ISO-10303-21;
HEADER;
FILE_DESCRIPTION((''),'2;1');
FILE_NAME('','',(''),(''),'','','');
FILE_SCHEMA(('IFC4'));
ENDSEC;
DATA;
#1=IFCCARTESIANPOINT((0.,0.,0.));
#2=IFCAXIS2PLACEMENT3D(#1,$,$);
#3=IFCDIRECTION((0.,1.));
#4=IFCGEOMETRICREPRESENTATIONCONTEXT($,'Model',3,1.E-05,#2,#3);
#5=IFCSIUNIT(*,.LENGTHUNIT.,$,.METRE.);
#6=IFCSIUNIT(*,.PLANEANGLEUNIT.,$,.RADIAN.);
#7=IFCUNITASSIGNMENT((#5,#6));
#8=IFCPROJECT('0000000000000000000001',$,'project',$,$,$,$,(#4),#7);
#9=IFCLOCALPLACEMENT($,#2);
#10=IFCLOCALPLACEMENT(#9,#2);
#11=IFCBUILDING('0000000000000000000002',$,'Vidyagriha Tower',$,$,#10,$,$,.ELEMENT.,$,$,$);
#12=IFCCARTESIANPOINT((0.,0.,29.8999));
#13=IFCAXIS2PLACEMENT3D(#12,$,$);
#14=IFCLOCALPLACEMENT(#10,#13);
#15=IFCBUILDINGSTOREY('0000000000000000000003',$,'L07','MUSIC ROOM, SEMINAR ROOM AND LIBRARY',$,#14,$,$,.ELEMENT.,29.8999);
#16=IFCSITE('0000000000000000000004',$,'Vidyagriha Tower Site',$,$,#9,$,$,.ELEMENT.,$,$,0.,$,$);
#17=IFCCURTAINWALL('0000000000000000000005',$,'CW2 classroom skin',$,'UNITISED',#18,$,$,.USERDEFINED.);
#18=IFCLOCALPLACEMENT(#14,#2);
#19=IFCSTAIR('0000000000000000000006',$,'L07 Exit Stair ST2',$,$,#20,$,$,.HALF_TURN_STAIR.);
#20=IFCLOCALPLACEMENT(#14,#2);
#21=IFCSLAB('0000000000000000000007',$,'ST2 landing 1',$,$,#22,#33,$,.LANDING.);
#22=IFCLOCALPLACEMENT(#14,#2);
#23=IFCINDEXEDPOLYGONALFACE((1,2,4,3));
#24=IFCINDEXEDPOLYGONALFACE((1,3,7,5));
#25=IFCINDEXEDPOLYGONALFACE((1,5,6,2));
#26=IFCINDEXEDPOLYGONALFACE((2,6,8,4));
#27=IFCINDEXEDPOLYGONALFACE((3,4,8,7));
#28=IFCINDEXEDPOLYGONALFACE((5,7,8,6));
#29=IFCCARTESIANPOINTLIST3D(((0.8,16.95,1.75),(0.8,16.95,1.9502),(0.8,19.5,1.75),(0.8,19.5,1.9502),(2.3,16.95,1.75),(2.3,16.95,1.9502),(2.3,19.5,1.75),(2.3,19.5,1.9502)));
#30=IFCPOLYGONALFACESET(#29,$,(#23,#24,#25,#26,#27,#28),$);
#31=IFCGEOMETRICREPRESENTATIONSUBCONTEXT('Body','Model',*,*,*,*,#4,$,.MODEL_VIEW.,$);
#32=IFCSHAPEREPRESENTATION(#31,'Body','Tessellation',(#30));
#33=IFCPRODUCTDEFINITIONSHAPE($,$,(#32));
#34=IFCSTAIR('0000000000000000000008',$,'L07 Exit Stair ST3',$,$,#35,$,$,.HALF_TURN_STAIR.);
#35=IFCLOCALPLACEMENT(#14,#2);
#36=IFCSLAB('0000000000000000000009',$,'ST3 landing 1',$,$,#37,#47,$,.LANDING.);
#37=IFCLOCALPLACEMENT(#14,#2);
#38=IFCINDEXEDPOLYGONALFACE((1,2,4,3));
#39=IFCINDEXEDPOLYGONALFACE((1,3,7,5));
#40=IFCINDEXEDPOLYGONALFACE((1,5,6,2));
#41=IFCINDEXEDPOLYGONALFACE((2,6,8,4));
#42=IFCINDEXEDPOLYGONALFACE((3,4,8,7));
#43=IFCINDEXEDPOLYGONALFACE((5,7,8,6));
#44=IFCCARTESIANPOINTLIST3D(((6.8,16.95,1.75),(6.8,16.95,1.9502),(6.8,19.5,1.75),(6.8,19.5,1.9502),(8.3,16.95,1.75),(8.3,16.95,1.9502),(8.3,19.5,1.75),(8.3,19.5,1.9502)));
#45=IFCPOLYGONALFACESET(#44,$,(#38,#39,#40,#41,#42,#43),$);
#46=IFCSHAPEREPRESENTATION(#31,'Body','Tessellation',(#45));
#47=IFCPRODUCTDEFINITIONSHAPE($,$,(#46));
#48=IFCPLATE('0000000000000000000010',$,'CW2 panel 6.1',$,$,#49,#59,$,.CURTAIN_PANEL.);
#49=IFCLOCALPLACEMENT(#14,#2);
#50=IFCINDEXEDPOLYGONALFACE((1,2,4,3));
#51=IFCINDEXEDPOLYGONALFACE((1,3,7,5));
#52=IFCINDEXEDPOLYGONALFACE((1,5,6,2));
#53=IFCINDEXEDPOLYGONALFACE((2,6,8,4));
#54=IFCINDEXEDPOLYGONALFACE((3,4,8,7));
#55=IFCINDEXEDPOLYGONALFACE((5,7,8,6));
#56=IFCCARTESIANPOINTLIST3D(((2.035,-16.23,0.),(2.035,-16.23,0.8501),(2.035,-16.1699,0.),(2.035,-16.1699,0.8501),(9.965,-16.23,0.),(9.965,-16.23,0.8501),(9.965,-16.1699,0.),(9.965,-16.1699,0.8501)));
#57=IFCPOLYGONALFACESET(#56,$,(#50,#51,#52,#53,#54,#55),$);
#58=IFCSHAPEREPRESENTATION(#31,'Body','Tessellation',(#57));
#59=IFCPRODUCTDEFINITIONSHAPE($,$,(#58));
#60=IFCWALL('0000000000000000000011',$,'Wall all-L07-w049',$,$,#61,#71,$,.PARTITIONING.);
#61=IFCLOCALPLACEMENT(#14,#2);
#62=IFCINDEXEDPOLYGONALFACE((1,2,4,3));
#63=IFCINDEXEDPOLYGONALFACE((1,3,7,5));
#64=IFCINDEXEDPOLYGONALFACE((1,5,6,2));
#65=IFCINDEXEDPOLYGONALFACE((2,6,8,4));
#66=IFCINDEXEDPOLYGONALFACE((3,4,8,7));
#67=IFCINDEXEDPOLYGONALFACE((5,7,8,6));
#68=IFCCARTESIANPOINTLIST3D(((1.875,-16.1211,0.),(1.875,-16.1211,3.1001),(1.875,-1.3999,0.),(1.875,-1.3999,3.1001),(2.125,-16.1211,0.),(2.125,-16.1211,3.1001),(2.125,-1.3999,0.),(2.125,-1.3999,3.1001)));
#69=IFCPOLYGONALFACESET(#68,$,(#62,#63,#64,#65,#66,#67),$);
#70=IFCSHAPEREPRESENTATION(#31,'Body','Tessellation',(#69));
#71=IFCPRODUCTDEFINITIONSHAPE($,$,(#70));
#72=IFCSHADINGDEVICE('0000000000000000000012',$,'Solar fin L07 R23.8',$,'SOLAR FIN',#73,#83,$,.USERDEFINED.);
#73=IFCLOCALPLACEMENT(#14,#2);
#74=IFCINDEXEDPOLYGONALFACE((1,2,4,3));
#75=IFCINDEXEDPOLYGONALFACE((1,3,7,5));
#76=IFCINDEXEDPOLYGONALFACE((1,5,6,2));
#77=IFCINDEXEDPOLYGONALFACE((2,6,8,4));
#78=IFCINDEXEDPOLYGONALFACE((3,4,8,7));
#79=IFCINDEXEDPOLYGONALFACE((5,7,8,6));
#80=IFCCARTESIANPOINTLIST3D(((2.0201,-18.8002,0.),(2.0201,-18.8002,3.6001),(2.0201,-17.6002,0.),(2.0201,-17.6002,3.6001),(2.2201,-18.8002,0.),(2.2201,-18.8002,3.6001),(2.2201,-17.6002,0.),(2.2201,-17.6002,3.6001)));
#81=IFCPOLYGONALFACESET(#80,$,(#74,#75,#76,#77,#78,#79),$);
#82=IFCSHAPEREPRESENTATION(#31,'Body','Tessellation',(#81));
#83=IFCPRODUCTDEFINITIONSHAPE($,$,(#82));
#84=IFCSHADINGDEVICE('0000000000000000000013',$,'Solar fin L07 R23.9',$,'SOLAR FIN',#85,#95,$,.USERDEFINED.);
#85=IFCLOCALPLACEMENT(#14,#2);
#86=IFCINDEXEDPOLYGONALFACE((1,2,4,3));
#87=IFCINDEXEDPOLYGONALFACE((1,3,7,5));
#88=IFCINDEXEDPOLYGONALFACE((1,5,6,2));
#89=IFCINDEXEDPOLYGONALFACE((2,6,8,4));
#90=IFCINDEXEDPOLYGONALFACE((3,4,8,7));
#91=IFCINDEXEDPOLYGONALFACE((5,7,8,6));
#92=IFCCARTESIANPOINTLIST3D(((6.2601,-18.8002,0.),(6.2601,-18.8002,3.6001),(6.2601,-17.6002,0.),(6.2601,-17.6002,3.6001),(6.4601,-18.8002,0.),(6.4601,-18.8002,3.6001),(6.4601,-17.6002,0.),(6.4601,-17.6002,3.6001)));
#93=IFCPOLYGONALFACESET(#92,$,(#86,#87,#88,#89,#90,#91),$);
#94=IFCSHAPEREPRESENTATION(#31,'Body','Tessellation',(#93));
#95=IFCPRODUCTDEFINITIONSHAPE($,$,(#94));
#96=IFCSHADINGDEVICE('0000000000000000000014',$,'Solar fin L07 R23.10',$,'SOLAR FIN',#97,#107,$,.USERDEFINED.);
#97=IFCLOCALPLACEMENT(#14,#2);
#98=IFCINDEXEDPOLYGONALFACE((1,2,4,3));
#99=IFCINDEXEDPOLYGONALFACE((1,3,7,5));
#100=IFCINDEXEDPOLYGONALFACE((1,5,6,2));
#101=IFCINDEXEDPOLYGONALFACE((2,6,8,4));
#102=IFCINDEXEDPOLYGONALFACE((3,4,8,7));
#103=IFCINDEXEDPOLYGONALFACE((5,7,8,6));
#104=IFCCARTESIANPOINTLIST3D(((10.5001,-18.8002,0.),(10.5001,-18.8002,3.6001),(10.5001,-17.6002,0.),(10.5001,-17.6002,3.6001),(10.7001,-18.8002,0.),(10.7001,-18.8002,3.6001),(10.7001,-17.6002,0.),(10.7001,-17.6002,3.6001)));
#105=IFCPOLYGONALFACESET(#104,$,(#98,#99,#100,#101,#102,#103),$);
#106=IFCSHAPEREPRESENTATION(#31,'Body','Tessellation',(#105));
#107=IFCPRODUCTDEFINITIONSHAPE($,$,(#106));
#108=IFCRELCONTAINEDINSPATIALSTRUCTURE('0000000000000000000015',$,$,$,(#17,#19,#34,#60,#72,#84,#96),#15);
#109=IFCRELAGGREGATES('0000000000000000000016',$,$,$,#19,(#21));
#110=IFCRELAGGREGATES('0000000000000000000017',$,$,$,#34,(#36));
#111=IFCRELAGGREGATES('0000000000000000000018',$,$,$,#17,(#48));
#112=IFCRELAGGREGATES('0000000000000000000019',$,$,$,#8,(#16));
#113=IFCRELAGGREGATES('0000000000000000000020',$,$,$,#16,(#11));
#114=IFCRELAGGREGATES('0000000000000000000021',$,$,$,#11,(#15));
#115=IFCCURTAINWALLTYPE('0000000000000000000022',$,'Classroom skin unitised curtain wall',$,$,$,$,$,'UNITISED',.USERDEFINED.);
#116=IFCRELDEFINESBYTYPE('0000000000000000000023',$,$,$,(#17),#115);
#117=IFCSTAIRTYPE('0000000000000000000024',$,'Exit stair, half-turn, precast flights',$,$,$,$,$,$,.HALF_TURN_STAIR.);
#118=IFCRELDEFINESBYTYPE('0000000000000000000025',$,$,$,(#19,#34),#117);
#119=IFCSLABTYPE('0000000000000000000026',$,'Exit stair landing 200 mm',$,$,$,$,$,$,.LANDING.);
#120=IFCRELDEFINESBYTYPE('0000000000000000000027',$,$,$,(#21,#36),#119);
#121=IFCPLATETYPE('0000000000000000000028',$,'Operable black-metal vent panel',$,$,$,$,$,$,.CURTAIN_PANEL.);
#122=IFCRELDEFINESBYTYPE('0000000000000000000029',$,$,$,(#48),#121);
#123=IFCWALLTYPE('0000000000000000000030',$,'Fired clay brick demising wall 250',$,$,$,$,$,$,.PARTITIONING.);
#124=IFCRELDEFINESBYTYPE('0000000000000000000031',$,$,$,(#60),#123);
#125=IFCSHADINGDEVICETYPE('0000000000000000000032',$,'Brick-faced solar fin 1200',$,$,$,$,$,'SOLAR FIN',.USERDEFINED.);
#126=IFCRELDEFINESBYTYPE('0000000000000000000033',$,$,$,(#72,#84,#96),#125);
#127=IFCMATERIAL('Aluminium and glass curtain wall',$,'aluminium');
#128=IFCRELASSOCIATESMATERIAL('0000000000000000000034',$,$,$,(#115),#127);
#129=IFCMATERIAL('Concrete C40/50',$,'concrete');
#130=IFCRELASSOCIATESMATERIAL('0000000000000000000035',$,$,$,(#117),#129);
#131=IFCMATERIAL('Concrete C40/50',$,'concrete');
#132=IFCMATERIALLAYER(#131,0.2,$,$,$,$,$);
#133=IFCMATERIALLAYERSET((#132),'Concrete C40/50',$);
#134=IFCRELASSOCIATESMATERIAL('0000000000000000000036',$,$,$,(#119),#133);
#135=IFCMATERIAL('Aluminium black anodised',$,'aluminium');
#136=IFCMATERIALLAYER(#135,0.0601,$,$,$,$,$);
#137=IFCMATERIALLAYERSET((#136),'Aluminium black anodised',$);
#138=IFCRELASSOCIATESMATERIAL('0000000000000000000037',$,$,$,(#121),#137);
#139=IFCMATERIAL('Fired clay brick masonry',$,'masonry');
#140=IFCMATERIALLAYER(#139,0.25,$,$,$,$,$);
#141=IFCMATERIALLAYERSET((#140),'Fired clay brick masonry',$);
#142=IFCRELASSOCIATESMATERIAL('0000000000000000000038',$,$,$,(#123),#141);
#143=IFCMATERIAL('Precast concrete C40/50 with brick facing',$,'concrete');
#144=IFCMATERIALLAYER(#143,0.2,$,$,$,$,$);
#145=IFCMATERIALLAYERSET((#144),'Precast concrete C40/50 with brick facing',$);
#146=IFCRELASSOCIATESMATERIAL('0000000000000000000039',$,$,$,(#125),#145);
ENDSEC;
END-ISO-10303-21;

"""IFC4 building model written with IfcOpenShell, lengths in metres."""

from ifc_helpers import new_model, si_unit, direction, frame, frame_2d, origin, origin_2d, place, context, subcontext, project, spatial, polyline, rectangle, outline, extrude, material, layer, layer_set, type_object, element, aggregate, save


model = new_model("IFC4")

# Units and contexts
model_context = context("Model", 3, precision=1e-05, world=origin(), true_north=direction((0.0, 1.0)))
body_context = subcontext(model_context, "Body", "Model", "MODEL_VIEW")
ifc_project = project(units=[si_unit("LENGTHUNIT", "METRE"), si_unit("PLANEANGLEUNIT", "RADIAN")], contexts=[model_context])

# Site, building, storey
site_placement = place(None, origin())
site = spatial("IfcSite", under=ifc_project, at=site_placement, Name="Vidyagriha Tower Site", CompositionType="ELEMENT", RefElevation=0.0)
building_placement = place(site_placement, origin())
building = spatial("IfcBuilding", under=site, at=building_placement, Name="Vidyagriha Tower", CompositionType="ELEMENT")
storey_placement = place(building_placement, frame((0.0, 0.0, 29.8999)))
storey = spatial("IfcBuildingStorey", under=building, at=storey_placement, Name="L07", Description="MUSIC ROOM, SEMINAR ROOM AND LIBRARY", CompositionType="ELEMENT", Elevation=29.8999)

# Curtain wall
ifc_material_1 = material(Name="Aluminium and glass curtain wall", Category="aluminium")
curtain_wall_type = type_object("IfcCurtainWallType", Name="Classroom skin unitised curtain wall", ElementType="UNITISED", PredefinedType="USERDEFINED", material=ifc_material_1)
curtain_wall_placement = place(storey_placement, origin())
curtain_wall = element("IfcCurtainWall", 1, at=curtain_wall_placement, inside=storey, type_object=curtain_wall_type, Name="CW2 classroom skin", ObjectType="UNITISED", PredefinedType="USERDEFINED")

# Stairs, slabs
ifc_material_2 = material(Name="Concrete C40/50", Category="concrete")
stair_type = type_object("IfcStairType", Name="Exit stair, half-turn, precast flights", PredefinedType="HALF_TURN_STAIR", material=ifc_material_2)
stair_1_placement = place(storey_placement, origin())
stair_1 = element("IfcStair", 2, at=stair_1_placement, inside=storey, type_object=stair_type, Name="L07 Exit Stair ST2", PredefinedType="HALF_TURN_STAIR")
ifc_material_3 = material(Name="Concrete C40/50", Category="concrete")
ifc_layer_1 = layer(ifc_material_3, 0.2)
ifc_layer_set_1 = layer_set([ifc_layer_1], Name="Concrete C40/50")
slab_type = type_object("IfcSlabType", Name="Exit stair landing 200 mm", PredefinedType="LANDING", material=ifc_layer_set_1)
slab_1_placement = place(storey_placement, frame((0.0, 0.0, 1.75)))
slab_1 = element("IfcSlab", 3, at=slab_1_placement, type_object=slab_type, Name="ST2 landing 1", PredefinedType="LANDING", context=body_context, shape_type="SweptSolid", body=[
    extrude(outline(polyline([(0.8, 16.95), (2.3, 16.95), (2.3, 19.5), (0.8, 19.5), (0.8, 16.95)])), origin(), (0.0, 0.0, 1.0), 0.2002),
])
aggregate(stair_1, [slab_1])
stair_2_placement = place(storey_placement, origin())
stair_2 = element("IfcStair", 4, at=stair_2_placement, inside=storey, type_object=stair_type, Name="L07 Exit Stair ST3", PredefinedType="HALF_TURN_STAIR")
slab_2_placement = place(storey_placement, frame((0.0, 0.0, 1.75)))
slab_2 = element("IfcSlab", 5, at=slab_2_placement, type_object=slab_type, Name="ST3 landing 1", PredefinedType="LANDING", context=body_context, shape_type="SweptSolid", body=[
    extrude(outline(polyline([(6.8, 16.95), (8.3, 16.95), (8.3, 19.5), (6.8, 19.5), (6.8, 16.95)])), origin(), (0.0, 0.0, 1.0), 0.2002),
])
aggregate(stair_2, [slab_2])

# Plate
ifc_material_4 = material(Name="Aluminium black anodised", Category="aluminium")
ifc_layer_2 = layer(ifc_material_4, 0.0601)
ifc_layer_set_2 = layer_set([ifc_layer_2], Name="Aluminium black anodised")
plate_type_1 = type_object("IfcPlateType", Name="Operable black-metal vent panel", PredefinedType="CURTAIN_PANEL", material=ifc_layer_set_2)
plate_1_placement = place(storey_placement, frame((6.0, -16.2, 0.0)))
plate_1 = element("IfcPlate", 6, at=plate_1_placement, type_object=plate_type_1, Name="CW2 panel 6.1", PredefinedType="CURTAIN_PANEL", context=body_context, shape_type="SweptSolid", body=[
    extrude(rectangle(XDim=7.9299, YDim=0.0601, at=origin_2d()), origin(), (0.0, 0.0, 1.0), 0.8501),
])
aggregate(curtain_wall, [plate_1])

# Wall
ifc_material_5 = material(Name="Fired clay brick masonry", Category="masonry")
ifc_layer_3 = layer(ifc_material_5, 0.25)
ifc_layer_set_3 = layer_set([ifc_layer_3], Name="Fired clay brick masonry")
wall_type = type_object("IfcWallType", Name="Fired clay brick demising wall 250", PredefinedType="PARTITIONING", material=ifc_layer_set_3)
wall_placement = place(storey_placement, frame((2.0, -1.3999, 0.0), z_axis=(0.0, 0.0, 1.0), x_axis=(0.0, -1.0, 0.0)))
element("IfcWall", 7, at=wall_placement, inside=storey, type_object=wall_type, Name="Wall all-L07-w049", PredefinedType="PARTITIONING", context=body_context, shape_type="SweptSolid", body=[
    extrude(rectangle(XDim=14.7212, YDim=0.25, at=frame_2d((7.3606, 0.0))), origin(), (0.0, 0.0, 1.0), 3.1001),
])

# Shading devices
ifc_material_6 = material(Name="Precast concrete C40/50 with brick facing", Category="concrete")
ifc_layer_4 = layer(ifc_material_6, 0.2)
ifc_layer_set_4 = layer_set([ifc_layer_4], Name="Precast concrete C40/50 with brick facing")
shading_device_type = type_object("IfcShadingDeviceType", Name="Brick-faced solar fin 1200", ElementType="SOLAR FIN", PredefinedType="USERDEFINED", material=ifc_layer_set_4)
for number, where, z_axis, x_axis, name in (
    (8, (2.1201, -17.6001, 0.0), (0.0, 0.0, 1.0), (0.0, -1.0, 0.0), "Solar fin L07 R23.8"),
    (9, (6.3601, -17.6001, 0.0), (0.0, 0.0, 1.0), (0.0, -1.0, 0.0), "Solar fin L07 R23.9"),
    (10, (10.6001, -17.6001, 0.0), (0.0, 0.0, 1.0), (0.0, -1.0, 0.0), "Solar fin L07 R23.10"),
):
    element("IfcShadingDevice", number, at=place(storey_placement, frame(where, z_axis=z_axis, x_axis=x_axis)), inside=storey, type_object=shading_device_type, Name=name, ObjectType="SOLAR FIN", PredefinedType="USERDEFINED", context=body_context, shape_type="SweptSolid", body=[
        extrude(rectangle(XDim=1.2, YDim=0.2, at=frame_2d((0.6001, 0.0))), origin(), (0.0, 0.0, 1.0), 3.6001),
    ])

save(model, "model.ifc")
